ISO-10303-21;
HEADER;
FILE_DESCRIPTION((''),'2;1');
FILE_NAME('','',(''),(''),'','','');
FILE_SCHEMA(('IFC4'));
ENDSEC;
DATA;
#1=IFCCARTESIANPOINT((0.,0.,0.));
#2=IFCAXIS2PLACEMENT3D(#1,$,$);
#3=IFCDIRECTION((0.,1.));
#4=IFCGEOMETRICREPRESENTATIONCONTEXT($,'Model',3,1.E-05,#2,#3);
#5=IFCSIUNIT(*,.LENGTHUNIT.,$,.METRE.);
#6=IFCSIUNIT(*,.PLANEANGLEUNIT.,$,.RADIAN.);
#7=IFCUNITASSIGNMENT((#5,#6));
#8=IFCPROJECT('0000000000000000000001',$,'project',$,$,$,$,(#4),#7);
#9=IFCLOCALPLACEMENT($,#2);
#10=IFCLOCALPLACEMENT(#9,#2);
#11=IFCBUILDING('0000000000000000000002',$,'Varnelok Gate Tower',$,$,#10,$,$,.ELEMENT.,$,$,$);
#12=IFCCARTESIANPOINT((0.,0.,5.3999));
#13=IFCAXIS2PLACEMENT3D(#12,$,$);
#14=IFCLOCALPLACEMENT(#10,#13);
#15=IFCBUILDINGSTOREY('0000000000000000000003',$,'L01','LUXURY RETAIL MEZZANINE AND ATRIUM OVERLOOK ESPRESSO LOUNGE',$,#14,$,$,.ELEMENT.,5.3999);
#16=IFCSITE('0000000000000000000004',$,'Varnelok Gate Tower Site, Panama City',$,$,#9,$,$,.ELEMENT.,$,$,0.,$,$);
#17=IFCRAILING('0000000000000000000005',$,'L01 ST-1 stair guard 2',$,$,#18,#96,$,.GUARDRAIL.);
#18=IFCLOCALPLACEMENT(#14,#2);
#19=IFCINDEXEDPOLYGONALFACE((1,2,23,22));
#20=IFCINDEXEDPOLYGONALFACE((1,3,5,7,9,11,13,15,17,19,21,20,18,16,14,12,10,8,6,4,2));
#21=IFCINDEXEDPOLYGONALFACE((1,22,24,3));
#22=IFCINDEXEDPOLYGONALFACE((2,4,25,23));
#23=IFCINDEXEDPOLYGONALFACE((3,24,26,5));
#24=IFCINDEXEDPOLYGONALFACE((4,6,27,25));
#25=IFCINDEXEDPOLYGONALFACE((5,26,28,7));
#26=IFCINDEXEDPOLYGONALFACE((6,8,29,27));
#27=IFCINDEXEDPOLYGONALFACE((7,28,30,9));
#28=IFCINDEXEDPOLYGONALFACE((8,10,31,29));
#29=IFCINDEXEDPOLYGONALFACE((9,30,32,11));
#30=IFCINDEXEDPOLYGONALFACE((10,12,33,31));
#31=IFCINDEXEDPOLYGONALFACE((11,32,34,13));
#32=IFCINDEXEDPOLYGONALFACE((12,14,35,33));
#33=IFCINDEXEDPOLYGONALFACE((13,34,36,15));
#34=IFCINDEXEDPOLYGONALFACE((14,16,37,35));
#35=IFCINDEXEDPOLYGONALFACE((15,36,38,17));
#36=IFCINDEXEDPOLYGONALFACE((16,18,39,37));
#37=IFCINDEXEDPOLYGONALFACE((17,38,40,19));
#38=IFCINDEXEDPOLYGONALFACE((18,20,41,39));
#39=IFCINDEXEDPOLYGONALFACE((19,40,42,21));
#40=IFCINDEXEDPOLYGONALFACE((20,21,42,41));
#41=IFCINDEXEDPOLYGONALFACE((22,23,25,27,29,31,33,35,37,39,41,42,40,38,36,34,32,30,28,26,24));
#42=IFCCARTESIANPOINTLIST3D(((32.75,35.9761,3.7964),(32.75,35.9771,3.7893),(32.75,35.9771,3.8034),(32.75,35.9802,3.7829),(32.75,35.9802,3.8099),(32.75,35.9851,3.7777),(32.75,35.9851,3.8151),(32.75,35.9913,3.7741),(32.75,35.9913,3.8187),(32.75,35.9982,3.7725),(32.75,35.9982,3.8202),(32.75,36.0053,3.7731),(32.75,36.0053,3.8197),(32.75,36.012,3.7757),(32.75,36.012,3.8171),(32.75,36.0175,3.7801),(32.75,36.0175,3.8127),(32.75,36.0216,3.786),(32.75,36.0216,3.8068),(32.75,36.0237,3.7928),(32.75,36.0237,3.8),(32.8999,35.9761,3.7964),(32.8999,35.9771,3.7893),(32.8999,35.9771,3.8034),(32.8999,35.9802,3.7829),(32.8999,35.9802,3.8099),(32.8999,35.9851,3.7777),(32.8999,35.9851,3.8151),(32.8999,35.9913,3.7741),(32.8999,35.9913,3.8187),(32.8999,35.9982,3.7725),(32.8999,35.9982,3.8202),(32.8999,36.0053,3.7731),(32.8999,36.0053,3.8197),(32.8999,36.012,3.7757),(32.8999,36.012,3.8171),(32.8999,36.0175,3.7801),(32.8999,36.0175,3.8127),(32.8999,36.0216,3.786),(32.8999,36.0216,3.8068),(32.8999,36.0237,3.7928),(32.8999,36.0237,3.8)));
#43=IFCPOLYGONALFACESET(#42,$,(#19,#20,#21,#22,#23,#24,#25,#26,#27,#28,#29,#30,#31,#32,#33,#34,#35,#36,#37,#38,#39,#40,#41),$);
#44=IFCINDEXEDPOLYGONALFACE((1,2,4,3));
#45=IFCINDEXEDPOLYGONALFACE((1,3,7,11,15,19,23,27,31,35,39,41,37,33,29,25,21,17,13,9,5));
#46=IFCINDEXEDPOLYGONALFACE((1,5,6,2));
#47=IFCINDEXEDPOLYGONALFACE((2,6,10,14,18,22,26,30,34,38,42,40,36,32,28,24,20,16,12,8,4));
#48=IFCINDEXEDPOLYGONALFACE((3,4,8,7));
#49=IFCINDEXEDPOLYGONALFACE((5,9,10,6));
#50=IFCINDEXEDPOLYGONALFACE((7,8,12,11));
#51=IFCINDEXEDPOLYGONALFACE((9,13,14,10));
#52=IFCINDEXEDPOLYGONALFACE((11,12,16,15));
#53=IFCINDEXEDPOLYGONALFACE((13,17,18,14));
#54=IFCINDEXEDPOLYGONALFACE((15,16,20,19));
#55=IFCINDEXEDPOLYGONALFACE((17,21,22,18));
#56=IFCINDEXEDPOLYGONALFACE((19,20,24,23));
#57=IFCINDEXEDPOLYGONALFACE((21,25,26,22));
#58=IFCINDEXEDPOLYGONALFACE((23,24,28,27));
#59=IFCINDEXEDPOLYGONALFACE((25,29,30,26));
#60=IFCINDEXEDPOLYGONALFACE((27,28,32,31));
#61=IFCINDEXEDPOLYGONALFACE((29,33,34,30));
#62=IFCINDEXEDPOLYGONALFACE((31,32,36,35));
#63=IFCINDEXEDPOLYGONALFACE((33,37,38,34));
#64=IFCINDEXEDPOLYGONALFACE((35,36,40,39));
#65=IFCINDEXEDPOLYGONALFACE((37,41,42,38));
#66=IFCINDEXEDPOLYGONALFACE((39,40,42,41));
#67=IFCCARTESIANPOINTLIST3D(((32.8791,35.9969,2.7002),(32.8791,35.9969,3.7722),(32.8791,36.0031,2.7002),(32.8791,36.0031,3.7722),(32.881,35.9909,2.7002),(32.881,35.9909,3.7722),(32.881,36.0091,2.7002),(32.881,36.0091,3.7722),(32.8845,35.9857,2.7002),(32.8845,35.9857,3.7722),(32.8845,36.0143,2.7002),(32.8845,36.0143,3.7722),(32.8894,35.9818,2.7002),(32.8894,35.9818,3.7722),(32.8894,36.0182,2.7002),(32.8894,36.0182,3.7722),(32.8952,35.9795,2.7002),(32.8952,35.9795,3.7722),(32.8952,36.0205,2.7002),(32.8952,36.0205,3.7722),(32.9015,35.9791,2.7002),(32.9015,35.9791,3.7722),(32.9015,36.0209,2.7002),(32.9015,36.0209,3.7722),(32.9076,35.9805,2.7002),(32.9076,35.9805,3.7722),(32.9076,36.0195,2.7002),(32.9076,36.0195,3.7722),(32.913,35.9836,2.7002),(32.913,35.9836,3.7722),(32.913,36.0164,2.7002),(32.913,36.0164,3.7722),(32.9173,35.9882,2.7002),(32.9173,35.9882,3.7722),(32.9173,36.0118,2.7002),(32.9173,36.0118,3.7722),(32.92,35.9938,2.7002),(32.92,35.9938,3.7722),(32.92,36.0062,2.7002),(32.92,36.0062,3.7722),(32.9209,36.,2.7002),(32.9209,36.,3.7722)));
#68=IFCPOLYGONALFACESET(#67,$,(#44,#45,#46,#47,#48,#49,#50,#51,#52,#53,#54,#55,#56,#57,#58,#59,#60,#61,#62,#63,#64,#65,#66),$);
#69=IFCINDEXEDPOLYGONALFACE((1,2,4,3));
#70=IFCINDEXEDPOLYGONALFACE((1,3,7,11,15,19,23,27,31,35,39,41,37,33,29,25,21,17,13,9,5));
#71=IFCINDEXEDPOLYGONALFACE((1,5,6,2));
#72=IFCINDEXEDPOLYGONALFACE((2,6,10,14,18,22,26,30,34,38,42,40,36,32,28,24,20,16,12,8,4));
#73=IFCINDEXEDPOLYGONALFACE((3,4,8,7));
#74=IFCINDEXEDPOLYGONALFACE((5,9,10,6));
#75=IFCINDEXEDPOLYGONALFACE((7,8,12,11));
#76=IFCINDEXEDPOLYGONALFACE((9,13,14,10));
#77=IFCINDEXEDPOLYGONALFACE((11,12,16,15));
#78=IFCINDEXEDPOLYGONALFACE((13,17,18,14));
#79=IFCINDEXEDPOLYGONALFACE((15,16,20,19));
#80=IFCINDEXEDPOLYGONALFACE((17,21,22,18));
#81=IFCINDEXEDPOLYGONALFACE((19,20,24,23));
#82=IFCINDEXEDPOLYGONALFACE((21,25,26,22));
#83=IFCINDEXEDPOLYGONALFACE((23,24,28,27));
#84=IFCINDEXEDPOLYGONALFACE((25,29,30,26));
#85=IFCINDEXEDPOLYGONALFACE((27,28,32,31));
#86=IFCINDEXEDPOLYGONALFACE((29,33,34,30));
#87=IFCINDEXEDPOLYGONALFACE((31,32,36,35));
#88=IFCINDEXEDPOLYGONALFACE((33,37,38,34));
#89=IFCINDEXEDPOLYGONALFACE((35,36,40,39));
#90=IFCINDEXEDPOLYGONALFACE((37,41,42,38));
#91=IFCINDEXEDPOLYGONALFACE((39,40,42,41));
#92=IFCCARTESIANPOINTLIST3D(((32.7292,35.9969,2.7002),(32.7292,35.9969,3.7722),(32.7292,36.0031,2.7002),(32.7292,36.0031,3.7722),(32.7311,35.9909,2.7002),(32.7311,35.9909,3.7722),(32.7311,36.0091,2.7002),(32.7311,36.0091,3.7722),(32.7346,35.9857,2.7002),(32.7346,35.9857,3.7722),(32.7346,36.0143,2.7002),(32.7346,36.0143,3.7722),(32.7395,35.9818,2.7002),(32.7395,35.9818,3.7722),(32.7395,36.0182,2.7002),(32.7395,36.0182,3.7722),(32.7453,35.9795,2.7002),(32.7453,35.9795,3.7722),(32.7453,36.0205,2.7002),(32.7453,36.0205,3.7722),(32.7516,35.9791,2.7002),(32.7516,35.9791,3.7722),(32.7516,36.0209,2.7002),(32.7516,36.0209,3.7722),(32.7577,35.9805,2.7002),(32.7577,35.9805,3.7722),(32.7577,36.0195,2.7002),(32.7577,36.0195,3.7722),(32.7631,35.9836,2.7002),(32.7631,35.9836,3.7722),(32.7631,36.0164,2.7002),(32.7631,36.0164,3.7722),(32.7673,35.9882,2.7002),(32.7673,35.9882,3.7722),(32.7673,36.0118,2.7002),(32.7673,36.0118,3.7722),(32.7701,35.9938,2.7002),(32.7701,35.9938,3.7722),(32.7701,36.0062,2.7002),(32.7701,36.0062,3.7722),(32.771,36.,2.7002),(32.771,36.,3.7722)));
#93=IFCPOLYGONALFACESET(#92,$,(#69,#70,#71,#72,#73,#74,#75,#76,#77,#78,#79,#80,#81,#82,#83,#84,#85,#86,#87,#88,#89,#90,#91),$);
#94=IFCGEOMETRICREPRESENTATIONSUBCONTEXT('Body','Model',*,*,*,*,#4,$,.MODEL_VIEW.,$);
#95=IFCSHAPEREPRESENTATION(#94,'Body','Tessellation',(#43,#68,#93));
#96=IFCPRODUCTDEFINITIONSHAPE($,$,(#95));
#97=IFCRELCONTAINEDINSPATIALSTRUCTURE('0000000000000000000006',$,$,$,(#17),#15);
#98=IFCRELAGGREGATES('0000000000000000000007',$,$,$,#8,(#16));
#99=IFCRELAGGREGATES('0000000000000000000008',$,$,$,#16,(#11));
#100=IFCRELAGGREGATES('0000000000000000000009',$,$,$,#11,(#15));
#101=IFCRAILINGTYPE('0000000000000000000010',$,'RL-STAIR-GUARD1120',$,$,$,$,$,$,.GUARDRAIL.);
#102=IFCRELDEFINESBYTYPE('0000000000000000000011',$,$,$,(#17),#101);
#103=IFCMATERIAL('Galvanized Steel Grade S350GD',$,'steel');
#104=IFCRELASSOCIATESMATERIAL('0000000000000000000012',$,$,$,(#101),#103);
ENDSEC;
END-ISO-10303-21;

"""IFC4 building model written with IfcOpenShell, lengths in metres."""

from ifc_helpers import new_model, si_unit, direction, frame, origin, origin_2d, place, context, subcontext, project, spatial, circle, extrude, material, type_object, element, save


model = new_model("IFC4")

# Units and contexts
model_context = context("Model", 3, precision=1e-05, world=origin(), true_north=direction((0.0, 1.0)))
body_context = subcontext(model_context, "Body", "Model", "MODEL_VIEW")
ifc_project = project(units=[si_unit("LENGTHUNIT", "METRE"), si_unit("PLANEANGLEUNIT", "RADIAN")], contexts=[model_context])

# Site, building, storey
site_placement = place(None, origin())
site = spatial("IfcSite", under=ifc_project, at=site_placement, Name="Varnelok Gate Tower Site, Panama City", CompositionType="ELEMENT", RefElevation=0.0)
building_placement = place(site_placement, origin())
building = spatial("IfcBuilding", under=site, at=building_placement, Name="Varnelok Gate Tower", CompositionType="ELEMENT")
storey_placement = place(building_placement, frame((0.0, 0.0, 5.3999)))
storey = spatial("IfcBuildingStorey", under=building, at=storey_placement, Name="L01", Description="LUXURY RETAIL MEZZANINE AND ATRIUM OVERLOOK ESPRESSO LOUNGE", CompositionType="ELEMENT", Elevation=5.3999)

# Shared definitions
ifc_material_1 = material(Name="Galvanized Steel Grade S350GD", Category="steel")

# Railing
railing_type_1 = type_object("IfcRailingType", Name="RL-STAIR-GUARD1120", PredefinedType="GUARDRAIL", material=ifc_material_1)
railing_1_placement = place(storey_placement, frame((32.8999, 36.0, 2.7002)))
element("IfcRailing", 1, at=railing_1_placement, inside=storey, type_object=railing_type_1, Name="L01 ST-1 stair guard 2", PredefinedType="GUARDRAIL", context=body_context, shape_type="SweptSolid", body=[
    extrude(circle(Radius=0.0239, at=origin_2d()), frame((0.0, 0.0, 1.0962), z_axis=(-1.0, 0.0, 0.0), x_axis=(0.0, -1.0, 0.0)), (0.0, 0.0, 1.0), 0.1499),
    extrude(circle(Radius=0.021, at=origin_2d()), origin(), (0.0, 0.0, 1.0), 1.072),
    extrude(circle(Radius=0.021, at=origin_2d()), frame((-0.1499, 0.0, 0.0)), (0.0, 0.0, 1.0), 1.072),
])

save(model, "model.ifc")
